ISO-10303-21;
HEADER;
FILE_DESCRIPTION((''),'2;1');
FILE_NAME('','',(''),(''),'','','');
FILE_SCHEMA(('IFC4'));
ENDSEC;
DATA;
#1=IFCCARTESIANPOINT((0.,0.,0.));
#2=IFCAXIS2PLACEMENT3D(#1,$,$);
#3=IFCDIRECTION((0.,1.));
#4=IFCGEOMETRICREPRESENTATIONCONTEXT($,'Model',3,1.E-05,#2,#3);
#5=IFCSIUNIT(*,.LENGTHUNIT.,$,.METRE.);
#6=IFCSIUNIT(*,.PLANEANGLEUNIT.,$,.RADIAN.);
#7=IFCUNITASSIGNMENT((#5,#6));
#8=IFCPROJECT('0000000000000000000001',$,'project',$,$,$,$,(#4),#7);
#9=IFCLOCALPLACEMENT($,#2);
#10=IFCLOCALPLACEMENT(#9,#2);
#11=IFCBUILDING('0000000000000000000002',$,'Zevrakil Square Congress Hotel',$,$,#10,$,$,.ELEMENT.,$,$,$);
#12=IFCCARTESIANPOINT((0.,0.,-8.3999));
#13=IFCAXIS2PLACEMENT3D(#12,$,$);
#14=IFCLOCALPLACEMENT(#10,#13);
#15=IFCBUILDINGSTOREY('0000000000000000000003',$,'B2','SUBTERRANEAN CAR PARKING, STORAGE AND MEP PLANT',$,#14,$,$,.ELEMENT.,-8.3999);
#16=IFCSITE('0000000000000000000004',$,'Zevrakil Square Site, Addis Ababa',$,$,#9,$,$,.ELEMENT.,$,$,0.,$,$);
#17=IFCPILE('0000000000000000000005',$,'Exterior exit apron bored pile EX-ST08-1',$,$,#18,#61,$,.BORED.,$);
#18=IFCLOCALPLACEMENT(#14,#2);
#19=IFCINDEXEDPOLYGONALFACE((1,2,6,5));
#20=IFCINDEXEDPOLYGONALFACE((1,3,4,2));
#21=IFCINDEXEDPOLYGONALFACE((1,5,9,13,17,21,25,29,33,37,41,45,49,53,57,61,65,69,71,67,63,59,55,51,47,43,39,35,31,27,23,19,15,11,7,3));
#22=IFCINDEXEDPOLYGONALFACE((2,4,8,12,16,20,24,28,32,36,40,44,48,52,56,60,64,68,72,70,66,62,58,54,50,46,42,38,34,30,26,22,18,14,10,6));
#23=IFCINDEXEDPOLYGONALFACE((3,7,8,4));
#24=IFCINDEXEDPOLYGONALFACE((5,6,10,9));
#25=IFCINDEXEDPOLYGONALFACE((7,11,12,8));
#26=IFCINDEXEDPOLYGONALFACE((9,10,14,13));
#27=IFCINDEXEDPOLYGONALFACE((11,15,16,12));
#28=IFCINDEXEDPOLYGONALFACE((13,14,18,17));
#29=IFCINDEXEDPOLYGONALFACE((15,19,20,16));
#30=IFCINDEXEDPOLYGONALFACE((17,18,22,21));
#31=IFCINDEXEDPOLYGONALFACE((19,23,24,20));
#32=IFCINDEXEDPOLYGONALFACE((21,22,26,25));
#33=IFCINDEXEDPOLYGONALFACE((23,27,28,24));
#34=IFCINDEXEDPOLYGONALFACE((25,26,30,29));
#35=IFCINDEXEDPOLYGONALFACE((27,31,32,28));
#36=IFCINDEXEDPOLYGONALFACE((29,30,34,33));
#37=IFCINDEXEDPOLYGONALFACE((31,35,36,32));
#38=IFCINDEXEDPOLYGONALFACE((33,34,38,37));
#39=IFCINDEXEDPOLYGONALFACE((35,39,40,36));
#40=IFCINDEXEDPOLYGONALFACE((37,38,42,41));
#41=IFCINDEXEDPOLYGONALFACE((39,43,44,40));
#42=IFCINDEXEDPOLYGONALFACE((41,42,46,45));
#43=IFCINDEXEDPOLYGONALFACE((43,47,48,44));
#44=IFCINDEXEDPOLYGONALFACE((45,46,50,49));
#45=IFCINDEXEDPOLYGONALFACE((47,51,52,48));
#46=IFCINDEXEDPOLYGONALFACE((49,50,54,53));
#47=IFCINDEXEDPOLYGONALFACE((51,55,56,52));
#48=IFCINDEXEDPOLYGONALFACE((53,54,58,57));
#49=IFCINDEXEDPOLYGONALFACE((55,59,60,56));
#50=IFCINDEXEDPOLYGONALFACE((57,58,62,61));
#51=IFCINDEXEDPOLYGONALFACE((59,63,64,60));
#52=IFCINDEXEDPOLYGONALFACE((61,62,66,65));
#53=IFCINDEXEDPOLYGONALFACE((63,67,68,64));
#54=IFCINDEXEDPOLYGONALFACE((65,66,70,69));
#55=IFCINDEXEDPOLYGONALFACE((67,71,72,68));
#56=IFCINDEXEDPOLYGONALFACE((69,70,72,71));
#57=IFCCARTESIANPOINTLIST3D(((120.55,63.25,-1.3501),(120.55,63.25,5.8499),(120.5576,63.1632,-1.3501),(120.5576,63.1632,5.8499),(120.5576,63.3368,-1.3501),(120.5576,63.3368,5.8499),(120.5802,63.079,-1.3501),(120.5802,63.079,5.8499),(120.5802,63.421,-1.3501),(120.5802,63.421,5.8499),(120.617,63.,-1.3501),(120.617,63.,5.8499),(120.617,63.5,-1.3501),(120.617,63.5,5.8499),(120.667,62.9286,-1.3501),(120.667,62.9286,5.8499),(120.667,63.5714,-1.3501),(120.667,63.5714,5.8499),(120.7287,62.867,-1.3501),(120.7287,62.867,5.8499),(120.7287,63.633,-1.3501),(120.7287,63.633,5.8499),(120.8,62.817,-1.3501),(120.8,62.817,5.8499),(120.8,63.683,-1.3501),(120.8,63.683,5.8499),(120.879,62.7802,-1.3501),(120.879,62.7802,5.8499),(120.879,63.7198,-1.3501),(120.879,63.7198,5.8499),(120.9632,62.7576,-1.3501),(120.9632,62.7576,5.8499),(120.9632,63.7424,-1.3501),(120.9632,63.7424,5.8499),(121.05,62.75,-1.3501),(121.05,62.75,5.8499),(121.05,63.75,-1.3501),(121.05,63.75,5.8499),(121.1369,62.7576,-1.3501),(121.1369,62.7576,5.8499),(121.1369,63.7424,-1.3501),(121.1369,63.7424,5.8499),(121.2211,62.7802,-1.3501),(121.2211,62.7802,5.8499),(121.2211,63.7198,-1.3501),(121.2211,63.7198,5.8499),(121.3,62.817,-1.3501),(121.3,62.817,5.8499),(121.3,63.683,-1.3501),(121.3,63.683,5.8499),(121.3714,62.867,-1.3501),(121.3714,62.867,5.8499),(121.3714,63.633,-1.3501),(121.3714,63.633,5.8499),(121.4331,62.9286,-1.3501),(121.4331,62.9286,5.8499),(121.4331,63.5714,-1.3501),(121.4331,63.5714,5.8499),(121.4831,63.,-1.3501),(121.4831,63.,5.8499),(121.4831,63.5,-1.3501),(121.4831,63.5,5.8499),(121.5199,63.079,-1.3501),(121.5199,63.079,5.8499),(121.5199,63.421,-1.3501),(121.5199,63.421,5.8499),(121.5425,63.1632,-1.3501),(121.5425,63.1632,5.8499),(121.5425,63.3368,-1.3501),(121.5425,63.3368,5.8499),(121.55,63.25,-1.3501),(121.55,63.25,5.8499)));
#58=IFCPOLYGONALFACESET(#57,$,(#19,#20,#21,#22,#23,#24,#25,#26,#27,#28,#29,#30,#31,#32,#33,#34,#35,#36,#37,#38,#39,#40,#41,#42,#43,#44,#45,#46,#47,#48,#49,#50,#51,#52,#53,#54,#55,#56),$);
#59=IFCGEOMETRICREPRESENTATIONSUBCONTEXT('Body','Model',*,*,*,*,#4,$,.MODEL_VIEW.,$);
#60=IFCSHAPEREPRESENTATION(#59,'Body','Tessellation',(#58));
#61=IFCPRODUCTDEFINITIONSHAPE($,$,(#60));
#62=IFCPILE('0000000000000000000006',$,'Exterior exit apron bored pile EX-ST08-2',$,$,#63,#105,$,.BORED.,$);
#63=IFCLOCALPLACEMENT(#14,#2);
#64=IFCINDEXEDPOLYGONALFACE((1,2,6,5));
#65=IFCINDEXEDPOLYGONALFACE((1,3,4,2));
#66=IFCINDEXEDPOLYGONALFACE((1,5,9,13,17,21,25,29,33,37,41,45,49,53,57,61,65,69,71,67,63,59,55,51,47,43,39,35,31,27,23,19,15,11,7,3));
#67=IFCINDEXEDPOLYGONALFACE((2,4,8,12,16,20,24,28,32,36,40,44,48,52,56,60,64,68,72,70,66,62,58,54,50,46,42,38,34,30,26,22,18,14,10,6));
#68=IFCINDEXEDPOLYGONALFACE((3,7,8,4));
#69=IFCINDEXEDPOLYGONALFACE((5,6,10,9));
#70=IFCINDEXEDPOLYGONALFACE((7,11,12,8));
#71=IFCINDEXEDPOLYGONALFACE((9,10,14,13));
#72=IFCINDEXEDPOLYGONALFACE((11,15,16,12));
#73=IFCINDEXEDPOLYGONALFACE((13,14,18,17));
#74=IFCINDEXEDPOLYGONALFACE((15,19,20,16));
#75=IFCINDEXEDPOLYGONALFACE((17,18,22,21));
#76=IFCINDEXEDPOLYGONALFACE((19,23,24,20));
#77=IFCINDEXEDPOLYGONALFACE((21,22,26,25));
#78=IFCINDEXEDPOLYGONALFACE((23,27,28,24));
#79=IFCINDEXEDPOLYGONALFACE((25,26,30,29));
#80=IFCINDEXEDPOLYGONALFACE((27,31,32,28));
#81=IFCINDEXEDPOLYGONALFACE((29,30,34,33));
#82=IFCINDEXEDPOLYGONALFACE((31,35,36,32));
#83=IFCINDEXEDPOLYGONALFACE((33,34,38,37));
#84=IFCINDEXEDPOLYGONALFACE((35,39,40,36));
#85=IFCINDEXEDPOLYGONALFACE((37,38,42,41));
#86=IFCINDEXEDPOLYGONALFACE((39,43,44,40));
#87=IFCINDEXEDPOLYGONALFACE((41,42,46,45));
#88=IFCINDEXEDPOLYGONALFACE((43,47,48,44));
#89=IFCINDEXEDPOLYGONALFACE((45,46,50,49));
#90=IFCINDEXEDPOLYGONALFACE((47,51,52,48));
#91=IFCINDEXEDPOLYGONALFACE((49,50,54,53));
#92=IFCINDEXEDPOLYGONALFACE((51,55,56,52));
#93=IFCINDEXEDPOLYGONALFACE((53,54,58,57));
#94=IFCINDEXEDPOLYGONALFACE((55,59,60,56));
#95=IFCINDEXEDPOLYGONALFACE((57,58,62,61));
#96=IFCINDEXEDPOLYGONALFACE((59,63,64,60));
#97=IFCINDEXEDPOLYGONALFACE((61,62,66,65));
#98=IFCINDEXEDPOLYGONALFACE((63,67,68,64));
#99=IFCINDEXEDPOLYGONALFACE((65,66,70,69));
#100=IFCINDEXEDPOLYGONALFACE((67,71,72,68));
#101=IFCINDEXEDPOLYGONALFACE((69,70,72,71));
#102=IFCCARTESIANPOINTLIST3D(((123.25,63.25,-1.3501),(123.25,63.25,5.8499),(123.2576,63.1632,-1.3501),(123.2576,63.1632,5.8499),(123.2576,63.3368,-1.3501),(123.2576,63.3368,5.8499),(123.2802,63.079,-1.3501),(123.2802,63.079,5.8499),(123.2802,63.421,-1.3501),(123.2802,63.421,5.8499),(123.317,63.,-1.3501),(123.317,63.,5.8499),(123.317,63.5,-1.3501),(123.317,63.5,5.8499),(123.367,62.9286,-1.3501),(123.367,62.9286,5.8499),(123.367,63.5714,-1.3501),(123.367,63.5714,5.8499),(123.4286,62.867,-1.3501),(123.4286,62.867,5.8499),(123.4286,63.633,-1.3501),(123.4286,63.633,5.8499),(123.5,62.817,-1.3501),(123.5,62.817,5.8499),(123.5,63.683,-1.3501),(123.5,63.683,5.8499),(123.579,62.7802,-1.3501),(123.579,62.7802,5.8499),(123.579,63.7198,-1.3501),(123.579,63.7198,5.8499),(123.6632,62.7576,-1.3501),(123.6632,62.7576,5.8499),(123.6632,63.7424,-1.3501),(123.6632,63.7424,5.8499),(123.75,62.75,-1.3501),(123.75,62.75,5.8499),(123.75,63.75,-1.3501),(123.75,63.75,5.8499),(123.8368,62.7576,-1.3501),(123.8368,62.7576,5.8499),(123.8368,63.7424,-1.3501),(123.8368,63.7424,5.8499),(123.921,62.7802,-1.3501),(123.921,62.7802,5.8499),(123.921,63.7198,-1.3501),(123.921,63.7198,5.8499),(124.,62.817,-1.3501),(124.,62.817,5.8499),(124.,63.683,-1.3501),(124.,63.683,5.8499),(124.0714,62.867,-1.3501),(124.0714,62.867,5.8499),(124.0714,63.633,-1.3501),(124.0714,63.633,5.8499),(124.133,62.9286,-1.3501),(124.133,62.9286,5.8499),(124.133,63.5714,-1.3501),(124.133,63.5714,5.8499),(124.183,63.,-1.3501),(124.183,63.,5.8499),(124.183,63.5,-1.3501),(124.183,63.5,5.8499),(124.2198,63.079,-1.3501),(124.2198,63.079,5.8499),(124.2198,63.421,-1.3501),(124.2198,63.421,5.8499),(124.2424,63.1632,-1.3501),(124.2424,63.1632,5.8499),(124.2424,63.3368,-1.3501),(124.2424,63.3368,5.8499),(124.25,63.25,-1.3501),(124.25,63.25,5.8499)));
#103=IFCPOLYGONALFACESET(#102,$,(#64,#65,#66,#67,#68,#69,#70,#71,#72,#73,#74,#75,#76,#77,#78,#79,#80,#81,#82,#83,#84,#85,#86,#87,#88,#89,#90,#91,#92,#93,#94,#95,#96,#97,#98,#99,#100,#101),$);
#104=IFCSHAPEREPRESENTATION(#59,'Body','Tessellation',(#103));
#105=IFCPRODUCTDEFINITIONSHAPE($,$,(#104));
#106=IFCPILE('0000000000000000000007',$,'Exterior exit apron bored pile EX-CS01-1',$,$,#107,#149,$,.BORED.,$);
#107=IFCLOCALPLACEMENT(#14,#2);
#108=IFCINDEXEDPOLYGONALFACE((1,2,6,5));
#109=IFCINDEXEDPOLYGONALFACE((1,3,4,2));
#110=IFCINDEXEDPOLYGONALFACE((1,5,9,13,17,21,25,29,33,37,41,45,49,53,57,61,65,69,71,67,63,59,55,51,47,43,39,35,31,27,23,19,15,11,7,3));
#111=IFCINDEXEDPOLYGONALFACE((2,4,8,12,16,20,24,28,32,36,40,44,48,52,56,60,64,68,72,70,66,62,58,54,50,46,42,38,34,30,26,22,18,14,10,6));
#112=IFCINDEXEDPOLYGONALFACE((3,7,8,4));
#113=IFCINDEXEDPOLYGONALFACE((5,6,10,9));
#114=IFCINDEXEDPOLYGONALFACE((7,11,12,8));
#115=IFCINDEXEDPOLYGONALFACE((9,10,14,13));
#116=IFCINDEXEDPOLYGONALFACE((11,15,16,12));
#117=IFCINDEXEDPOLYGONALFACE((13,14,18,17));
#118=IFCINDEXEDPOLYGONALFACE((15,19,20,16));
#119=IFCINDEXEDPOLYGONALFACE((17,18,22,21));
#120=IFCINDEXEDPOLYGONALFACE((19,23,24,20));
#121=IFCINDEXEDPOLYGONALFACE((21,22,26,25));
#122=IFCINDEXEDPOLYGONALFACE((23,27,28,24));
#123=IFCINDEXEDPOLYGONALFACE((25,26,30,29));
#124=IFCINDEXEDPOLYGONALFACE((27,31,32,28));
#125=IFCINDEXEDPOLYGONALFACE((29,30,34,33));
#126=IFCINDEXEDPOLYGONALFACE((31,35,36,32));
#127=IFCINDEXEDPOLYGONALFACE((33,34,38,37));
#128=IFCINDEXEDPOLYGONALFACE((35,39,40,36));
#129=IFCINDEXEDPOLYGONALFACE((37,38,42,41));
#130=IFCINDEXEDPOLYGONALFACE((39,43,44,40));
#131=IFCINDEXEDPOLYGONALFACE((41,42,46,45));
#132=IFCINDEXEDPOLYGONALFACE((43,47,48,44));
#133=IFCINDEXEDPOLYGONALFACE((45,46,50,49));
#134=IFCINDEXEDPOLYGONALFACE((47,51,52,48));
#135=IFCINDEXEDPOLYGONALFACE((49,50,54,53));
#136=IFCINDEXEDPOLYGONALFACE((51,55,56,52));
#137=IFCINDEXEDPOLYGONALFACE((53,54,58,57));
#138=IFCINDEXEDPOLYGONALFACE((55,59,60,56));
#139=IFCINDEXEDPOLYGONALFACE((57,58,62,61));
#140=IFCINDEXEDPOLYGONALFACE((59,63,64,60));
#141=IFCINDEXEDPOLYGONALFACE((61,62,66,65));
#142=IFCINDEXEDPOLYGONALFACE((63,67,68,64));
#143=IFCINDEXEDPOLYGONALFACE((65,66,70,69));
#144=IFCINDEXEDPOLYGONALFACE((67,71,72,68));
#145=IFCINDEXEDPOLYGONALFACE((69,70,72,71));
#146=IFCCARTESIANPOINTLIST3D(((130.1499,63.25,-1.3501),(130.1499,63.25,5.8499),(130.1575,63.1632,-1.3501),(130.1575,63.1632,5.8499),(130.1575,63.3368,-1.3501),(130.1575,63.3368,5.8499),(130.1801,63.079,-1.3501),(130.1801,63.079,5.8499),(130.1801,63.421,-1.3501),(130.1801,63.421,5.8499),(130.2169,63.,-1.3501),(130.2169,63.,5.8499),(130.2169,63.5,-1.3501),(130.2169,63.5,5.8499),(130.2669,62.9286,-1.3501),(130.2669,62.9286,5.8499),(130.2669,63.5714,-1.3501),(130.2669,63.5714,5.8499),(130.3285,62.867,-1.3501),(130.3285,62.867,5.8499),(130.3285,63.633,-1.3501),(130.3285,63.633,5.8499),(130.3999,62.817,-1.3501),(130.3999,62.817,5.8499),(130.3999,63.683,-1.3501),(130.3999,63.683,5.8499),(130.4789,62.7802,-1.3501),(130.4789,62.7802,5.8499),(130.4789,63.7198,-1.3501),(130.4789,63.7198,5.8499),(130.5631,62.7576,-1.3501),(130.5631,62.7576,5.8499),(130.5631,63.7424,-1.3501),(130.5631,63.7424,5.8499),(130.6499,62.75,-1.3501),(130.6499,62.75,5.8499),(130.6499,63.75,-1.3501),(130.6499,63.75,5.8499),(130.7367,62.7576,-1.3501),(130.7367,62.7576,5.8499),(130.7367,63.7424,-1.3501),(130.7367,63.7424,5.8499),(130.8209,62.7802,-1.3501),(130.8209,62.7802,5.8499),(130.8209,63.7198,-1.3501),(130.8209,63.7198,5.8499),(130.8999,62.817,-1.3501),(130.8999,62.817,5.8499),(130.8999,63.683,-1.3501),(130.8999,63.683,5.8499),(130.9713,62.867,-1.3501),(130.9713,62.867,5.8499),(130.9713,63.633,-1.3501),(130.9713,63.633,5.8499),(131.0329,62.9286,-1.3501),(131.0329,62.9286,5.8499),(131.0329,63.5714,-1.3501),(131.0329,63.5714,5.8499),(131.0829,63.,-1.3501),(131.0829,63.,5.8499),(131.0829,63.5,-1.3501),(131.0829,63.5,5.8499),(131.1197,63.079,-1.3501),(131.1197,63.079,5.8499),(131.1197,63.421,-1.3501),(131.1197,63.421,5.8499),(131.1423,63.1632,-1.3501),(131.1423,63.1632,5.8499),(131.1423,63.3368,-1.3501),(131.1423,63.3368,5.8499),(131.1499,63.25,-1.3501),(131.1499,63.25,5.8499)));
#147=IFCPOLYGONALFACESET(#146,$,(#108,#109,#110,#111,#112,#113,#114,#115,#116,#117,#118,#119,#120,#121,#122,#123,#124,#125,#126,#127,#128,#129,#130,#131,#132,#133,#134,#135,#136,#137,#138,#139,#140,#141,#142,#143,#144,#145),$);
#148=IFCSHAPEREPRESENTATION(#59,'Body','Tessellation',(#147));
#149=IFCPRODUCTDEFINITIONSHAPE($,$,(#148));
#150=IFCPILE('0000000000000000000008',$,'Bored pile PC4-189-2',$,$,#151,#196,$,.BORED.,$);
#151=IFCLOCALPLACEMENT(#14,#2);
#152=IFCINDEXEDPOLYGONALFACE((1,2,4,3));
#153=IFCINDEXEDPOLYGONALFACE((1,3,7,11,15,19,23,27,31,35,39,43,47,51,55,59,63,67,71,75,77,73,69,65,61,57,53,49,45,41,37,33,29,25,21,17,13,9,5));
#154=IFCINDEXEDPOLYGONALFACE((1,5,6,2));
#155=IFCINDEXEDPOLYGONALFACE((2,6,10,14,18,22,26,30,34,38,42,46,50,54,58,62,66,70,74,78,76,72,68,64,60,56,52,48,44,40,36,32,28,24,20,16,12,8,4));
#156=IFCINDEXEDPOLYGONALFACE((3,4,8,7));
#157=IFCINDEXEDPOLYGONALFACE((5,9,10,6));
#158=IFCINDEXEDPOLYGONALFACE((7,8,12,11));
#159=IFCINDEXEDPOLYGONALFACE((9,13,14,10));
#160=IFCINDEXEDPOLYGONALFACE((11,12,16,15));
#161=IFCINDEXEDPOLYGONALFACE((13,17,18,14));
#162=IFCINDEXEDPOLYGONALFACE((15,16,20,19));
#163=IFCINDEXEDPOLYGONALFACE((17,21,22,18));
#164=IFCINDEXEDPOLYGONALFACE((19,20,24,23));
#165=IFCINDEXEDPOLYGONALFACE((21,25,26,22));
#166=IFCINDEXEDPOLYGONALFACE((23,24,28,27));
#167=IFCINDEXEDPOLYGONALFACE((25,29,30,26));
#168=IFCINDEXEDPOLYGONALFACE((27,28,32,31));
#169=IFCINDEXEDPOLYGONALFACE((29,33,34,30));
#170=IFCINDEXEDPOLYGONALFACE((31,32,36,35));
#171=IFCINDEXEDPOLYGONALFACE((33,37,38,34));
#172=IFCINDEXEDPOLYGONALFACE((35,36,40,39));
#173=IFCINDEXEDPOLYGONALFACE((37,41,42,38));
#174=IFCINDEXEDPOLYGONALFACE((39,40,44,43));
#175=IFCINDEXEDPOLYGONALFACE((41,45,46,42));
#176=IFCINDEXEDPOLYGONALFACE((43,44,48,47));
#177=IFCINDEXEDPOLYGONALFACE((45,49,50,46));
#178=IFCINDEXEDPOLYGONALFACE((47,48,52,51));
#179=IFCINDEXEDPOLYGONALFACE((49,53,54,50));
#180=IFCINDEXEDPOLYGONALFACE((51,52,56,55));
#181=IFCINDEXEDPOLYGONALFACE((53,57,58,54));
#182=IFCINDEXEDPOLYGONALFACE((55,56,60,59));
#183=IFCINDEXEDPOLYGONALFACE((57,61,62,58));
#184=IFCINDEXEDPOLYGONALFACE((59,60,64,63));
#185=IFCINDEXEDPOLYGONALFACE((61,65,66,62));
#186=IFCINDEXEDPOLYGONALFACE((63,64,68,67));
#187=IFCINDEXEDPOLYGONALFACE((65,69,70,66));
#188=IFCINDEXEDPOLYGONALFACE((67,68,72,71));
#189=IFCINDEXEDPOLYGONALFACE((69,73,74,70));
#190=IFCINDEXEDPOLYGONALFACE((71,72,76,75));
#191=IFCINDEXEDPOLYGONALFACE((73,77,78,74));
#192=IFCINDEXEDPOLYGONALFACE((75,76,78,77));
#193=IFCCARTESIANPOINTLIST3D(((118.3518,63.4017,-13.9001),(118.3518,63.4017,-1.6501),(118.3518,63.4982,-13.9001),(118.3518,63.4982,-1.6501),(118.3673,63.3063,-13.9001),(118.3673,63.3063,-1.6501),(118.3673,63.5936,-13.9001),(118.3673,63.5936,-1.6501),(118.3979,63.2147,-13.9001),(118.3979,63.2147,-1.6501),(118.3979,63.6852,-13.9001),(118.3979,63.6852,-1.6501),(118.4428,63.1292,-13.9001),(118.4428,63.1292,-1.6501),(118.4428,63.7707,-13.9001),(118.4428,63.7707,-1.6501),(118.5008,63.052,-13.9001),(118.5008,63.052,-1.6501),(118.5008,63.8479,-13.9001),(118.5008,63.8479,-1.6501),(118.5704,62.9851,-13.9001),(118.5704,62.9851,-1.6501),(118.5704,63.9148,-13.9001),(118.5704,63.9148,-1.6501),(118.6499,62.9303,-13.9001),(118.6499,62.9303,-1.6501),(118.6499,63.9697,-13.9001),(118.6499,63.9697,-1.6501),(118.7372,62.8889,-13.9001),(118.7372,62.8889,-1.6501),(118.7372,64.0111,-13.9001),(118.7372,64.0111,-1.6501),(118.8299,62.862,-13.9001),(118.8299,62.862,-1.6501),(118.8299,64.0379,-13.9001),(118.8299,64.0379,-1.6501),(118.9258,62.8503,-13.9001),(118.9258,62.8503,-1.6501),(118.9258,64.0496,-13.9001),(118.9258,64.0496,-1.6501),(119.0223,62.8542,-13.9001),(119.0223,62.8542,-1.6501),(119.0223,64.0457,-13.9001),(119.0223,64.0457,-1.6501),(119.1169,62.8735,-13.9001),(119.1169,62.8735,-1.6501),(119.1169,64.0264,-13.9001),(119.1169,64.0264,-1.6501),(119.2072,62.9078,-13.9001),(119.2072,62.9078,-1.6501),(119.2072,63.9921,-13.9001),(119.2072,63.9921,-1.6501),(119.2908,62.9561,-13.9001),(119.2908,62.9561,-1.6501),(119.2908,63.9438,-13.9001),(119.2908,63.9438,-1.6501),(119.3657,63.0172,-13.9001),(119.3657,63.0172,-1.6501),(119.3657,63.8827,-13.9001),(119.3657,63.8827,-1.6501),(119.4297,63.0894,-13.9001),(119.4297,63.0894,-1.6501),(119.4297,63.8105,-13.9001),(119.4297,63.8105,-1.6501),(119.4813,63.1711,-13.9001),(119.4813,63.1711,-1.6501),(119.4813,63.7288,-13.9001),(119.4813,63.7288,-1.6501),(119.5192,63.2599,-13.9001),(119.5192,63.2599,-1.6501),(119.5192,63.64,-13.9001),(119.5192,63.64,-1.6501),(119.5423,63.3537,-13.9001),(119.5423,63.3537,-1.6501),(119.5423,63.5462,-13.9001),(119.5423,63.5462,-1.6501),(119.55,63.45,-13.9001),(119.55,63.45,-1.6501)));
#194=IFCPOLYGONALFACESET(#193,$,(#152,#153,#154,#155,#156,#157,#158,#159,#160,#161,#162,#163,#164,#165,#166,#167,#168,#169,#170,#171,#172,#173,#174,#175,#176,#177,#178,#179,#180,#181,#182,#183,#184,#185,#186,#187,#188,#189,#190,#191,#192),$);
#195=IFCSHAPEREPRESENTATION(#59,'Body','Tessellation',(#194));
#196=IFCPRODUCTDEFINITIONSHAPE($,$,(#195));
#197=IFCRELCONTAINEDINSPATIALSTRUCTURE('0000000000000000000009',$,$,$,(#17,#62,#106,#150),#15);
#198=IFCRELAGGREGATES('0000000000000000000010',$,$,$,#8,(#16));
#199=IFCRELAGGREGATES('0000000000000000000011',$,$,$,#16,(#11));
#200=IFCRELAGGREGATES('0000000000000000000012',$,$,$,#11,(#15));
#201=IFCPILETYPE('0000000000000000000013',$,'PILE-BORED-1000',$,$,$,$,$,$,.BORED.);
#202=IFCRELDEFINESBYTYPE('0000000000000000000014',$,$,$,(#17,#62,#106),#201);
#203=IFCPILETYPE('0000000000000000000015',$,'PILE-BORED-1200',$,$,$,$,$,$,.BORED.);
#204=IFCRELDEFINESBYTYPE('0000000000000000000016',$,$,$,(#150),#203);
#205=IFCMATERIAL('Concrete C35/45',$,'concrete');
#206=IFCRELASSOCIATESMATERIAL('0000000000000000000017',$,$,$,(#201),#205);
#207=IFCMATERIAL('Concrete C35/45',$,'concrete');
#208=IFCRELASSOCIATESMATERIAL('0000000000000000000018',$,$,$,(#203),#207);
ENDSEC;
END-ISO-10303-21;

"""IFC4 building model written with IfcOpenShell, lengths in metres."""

from ifc_helpers import new_model, si_unit, direction, frame, origin, origin_2d, place, context, subcontext, project, spatial, circle, extrude, material, material_profile, profile_set, type_object, element, save


model = new_model("IFC4")

# Units and contexts
model_context = context("Model", 3, precision=1e-05, world=origin(), true_north=direction((0.0, 1.0)))
body_context = subcontext(model_context, "Body", "Model", "MODEL_VIEW")
ifc_project = project(units=[si_unit("LENGTHUNIT", "METRE"), si_unit("PLANEANGLEUNIT", "RADIAN")], contexts=[model_context])

# Site, building, storey
site_placement = place(None, origin())
site = spatial("IfcSite", under=ifc_project, at=site_placement, Name="Zevrakil Square Site, Addis Ababa", CompositionType="ELEMENT", RefElevation=0.0)
building_placement = place(site_placement, origin())
building = spatial("IfcBuilding", under=site, at=building_placement, Name="Zevrakil Square Congress Hotel", CompositionType="ELEMENT")
storey_placement = place(building_placement, frame((0.0, 0.0, -8.3999)))
storey = spatial("IfcBuildingStorey", under=building, at=storey_placement, Name="B2", Description="SUBTERRANEAN CAR PARKING, STORAGE AND MEP PLANT", CompositionType="ELEMENT", Elevation=-8.3999)

# Piles
ifc_material_1 = material(Name="Concrete C35/45", Category="concrete")
ifc_material_profile_1 = material_profile(ifc_material_1, circle(Radius=0.5, at=origin_2d()), Name="PILE D1000")
ifc_profile_set_1 = profile_set([ifc_material_profile_1], Name="Concrete C35/45")
pile_type_1 = type_object("IfcPileType", Name="PILE-BORED-1000", PredefinedType="BORED", material=ifc_profile_set_1)
for number, where, z_axis, x_axis, name in (
    (1, (121.05, 63.25, 5.8499), (0.0, 0.0, -1.0), (1.0, 0.0, 0.0), "Exterior exit apron bored pile EX-ST08-1"),
    (2, (123.75, 63.25, 5.8499), (0.0, 0.0, -1.0), (1.0, 0.0, 0.0), "Exterior exit apron bored pile EX-ST08-2"),
    (3, (130.6499, 63.25, 5.8499), (0.0, 0.0, -1.0), (1.0, 0.0, 0.0), "Exterior exit apron bored pile EX-CS01-1"),
):
    element("IfcPile", number, at=place(storey_placement, frame(where, z_axis=z_axis, x_axis=x_axis)), inside=storey, type_object=pile_type_1, Name=name, PredefinedType="BORED", context=body_context, shape_type="SweptSolid", body=[
        extrude(circle(Radius=0.5, at=origin_2d()), origin(), (0.0, 0.0, 1.0), 7.2),
    ])
ifc_material_2 = material(Name="Concrete C35/45", Category="concrete")
ifc_material_profile_2 = material_profile(ifc_material_2, circle(Radius=0.6001, at=origin_2d()), Name="PILE D1200")
ifc_profile_set_2 = profile_set([ifc_material_profile_2], Name="Concrete C35/45")
pile_type_2 = type_object("IfcPileType", Name="PILE-BORED-1200", PredefinedType="BORED", material=ifc_profile_set_2)
for number, where, z_axis, x_axis, name in (
    (4, (118.95, 63.45, -1.6501), (0.0, 0.0, -1.0), (1.0, 0.0, 0.0), "Bored pile PC4-189-2"),
):
    element("IfcPile", number, at=place(storey_placement, frame(where, z_axis=z_axis, x_axis=x_axis)), inside=storey, type_object=pile_type_2, Name=name, PredefinedType="BORED", context=body_context, shape_type="SweptSolid", body=[
        extrude(circle(Radius=0.6001, at=origin_2d()), origin(), (0.0, 0.0, 1.0), 12.25),
    ])

save(model, "model.ifc")
